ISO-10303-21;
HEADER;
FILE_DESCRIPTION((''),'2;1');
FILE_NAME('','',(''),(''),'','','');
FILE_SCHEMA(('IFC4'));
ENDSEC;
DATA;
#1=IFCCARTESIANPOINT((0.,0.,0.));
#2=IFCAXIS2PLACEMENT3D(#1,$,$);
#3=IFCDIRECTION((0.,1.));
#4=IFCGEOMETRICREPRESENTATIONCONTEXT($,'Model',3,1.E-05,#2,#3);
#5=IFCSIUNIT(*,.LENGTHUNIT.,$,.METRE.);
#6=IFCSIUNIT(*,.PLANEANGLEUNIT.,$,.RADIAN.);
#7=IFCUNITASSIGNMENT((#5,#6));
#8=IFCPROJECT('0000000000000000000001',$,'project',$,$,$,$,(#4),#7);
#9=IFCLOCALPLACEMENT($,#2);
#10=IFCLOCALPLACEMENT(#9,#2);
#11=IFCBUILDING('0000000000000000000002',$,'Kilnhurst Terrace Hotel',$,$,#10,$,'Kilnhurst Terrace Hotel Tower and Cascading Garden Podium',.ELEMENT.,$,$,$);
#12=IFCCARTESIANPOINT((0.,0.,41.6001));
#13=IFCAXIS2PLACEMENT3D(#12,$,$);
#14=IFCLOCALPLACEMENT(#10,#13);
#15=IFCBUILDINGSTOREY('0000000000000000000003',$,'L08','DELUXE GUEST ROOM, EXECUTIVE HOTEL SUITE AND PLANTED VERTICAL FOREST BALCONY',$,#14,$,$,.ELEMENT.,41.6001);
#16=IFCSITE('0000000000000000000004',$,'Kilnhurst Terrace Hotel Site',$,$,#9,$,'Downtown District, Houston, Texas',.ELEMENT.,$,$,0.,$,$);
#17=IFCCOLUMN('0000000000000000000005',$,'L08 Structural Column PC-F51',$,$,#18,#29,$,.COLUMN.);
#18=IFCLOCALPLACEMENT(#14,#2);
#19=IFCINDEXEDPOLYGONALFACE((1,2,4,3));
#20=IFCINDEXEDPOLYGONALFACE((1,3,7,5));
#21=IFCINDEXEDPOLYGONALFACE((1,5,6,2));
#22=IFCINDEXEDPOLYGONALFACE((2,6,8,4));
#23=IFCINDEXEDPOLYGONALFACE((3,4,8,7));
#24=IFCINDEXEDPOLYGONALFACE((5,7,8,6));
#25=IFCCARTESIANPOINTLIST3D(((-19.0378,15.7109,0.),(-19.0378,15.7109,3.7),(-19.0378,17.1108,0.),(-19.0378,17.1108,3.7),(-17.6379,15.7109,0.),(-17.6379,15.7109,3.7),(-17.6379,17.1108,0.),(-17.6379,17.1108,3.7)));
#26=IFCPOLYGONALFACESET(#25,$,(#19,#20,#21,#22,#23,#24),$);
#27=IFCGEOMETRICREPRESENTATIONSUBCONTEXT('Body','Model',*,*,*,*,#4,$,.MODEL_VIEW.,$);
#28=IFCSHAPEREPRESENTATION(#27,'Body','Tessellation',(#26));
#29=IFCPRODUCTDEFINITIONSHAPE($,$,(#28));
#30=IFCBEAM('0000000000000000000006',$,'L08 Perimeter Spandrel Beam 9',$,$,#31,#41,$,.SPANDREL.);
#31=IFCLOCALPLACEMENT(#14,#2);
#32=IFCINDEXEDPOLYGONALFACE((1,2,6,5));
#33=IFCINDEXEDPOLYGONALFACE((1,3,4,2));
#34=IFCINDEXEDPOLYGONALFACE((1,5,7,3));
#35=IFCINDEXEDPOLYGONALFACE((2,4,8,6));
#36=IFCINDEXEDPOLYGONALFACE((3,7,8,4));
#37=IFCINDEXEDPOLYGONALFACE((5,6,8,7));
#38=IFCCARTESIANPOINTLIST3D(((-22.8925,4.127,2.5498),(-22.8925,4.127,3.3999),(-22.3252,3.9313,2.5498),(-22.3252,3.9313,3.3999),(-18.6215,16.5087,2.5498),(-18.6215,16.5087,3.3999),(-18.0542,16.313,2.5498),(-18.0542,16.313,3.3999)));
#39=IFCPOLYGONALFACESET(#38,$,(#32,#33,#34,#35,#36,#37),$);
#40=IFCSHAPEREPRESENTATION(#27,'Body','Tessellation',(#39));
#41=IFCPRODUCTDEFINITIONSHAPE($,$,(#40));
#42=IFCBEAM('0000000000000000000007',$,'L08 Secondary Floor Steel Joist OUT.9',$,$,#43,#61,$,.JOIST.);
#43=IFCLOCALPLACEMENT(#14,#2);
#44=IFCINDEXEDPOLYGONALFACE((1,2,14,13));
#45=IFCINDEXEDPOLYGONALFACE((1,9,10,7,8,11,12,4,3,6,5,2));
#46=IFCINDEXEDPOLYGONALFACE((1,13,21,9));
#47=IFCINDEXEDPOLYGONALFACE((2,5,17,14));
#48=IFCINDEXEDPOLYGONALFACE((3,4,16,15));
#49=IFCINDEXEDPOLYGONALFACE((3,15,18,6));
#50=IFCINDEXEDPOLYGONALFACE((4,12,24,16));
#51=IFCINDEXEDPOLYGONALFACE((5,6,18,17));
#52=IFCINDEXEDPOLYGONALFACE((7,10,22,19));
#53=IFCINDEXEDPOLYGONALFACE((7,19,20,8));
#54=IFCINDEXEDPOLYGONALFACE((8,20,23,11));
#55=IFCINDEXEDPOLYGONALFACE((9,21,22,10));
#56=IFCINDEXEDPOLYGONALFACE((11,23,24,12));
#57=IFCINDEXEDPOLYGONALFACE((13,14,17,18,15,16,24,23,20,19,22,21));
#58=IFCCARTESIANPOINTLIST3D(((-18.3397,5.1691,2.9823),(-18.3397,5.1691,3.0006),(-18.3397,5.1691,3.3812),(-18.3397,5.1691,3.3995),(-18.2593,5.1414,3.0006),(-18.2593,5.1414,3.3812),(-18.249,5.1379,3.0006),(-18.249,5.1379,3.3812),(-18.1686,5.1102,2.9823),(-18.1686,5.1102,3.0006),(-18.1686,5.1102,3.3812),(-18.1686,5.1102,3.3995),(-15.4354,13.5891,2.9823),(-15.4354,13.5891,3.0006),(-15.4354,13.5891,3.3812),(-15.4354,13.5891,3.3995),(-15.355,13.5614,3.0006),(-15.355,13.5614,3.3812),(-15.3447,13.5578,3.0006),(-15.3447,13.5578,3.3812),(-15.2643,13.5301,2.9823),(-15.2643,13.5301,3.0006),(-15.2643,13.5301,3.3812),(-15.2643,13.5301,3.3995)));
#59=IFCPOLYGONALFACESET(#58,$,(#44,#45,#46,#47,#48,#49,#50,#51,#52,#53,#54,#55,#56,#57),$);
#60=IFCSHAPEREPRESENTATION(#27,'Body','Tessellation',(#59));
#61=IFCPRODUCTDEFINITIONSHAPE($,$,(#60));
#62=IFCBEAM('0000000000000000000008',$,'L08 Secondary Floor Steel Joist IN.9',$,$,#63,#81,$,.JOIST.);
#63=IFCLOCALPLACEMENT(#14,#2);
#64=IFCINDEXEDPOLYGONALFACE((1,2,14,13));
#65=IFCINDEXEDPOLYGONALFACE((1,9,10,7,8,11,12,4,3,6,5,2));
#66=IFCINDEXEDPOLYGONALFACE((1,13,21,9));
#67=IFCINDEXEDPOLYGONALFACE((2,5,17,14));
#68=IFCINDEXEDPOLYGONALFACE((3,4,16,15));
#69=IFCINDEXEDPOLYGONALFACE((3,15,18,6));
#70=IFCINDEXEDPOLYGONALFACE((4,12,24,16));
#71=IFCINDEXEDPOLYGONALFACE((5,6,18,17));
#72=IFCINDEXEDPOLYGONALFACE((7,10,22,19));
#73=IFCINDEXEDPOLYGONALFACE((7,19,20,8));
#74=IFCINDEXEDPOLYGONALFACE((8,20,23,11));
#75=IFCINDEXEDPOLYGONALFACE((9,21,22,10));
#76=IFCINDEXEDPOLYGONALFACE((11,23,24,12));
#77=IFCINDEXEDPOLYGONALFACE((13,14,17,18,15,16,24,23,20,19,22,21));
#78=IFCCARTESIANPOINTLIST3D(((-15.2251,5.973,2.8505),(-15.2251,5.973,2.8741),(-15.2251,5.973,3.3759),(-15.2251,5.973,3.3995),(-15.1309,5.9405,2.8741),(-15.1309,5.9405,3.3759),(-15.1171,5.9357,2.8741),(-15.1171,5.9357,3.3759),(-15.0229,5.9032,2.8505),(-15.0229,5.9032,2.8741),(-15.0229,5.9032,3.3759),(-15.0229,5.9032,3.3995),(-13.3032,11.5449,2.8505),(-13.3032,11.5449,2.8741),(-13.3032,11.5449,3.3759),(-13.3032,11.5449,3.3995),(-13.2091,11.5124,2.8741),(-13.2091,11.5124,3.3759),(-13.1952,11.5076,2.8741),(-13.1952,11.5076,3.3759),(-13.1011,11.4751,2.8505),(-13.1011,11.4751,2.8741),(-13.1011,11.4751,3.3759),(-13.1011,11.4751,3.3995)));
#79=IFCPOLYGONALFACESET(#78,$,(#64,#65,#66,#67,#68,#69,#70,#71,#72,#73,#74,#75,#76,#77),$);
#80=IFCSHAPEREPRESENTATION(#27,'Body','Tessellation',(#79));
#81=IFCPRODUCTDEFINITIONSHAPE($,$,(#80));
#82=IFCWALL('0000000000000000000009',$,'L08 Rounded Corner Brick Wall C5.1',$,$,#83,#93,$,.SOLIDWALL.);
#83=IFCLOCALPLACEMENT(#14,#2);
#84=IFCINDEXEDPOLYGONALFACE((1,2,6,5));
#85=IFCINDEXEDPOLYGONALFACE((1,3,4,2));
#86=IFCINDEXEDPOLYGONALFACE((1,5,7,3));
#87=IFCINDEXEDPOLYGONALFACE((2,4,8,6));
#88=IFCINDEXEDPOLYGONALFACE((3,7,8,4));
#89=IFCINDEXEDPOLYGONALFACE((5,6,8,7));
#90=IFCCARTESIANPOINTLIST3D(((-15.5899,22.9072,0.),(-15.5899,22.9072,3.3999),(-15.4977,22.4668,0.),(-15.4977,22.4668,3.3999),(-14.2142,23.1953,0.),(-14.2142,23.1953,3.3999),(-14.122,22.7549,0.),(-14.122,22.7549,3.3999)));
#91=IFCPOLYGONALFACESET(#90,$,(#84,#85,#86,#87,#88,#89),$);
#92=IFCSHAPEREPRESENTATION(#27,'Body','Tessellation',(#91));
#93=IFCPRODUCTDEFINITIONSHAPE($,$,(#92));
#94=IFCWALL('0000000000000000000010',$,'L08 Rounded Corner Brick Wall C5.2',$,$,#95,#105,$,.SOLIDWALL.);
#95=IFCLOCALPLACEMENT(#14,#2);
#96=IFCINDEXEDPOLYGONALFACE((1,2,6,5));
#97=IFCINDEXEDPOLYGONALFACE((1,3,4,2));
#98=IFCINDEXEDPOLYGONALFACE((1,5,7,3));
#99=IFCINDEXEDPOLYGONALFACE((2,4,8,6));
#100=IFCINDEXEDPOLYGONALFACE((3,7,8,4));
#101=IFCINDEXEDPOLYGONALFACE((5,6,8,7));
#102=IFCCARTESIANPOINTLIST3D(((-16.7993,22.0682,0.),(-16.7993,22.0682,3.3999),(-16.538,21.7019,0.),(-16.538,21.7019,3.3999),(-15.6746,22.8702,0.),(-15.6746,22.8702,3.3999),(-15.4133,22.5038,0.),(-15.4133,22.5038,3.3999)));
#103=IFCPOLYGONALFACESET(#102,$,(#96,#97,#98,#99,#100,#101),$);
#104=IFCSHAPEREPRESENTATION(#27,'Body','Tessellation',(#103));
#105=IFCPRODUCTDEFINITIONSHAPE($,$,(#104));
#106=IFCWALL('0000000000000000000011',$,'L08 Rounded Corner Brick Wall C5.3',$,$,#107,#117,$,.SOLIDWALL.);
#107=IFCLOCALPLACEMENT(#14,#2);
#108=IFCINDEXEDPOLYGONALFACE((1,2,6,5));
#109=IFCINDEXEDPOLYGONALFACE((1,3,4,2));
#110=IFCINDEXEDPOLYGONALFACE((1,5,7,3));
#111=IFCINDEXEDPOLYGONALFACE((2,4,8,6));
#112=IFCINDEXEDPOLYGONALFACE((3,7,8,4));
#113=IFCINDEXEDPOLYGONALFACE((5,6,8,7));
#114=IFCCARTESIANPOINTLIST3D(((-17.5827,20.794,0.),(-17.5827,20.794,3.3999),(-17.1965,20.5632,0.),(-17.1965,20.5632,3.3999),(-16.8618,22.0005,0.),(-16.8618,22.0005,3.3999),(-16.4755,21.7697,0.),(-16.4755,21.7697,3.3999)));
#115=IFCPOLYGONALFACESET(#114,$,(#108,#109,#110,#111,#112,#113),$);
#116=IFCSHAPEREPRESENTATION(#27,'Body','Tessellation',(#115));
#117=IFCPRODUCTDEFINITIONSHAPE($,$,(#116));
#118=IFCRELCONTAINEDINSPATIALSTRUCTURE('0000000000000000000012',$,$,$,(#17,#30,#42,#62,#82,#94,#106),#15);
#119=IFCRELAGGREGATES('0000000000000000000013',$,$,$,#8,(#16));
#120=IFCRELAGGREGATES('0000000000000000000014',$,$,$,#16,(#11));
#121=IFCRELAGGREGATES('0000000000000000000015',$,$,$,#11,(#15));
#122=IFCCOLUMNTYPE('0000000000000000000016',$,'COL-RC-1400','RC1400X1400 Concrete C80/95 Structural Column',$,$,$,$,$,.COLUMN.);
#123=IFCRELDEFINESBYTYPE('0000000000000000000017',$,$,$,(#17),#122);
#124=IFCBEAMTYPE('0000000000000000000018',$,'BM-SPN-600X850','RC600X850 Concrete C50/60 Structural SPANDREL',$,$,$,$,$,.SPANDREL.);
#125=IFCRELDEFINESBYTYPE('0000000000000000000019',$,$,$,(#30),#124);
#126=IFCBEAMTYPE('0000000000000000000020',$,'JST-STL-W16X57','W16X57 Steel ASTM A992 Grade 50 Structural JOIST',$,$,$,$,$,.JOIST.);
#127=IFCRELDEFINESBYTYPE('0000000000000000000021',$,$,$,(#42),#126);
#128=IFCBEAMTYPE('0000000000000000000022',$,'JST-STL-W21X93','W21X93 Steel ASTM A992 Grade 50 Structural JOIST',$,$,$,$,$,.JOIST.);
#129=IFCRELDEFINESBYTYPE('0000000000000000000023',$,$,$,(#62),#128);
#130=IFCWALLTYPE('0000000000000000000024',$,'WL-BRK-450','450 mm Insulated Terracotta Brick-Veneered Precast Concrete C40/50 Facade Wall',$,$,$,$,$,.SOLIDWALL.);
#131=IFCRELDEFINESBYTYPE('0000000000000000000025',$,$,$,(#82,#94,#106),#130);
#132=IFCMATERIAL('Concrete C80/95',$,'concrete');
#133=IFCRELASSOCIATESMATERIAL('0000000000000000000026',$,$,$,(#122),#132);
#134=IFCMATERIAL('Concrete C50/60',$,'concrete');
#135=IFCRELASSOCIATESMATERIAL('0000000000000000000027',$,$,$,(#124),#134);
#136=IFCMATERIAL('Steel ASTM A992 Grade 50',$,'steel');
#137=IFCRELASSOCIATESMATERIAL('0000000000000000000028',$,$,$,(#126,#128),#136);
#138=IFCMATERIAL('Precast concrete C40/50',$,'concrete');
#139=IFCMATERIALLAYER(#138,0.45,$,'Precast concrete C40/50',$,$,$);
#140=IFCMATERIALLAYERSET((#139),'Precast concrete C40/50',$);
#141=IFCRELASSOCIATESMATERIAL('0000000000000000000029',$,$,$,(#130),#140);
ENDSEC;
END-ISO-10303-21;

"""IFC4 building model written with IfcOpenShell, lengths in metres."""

from ifc_helpers import new_model, si_unit, direction, frame, frame_2d, origin, origin_2d, place, context, subcontext, project, spatial, rectangle, i_section, extrude, material, layer, layer_set, material_profile, profile_set, type_object, element, save


model = new_model("IFC4")

# Units and contexts
model_context = context("Model", 3, precision=1e-05, world=origin(), true_north=direction((0.0, 1.0)))
body_context = subcontext(model_context, "Body", "Model", "MODEL_VIEW")
ifc_project = project(units=[si_unit("LENGTHUNIT", "METRE"), si_unit("PLANEANGLEUNIT", "RADIAN")], contexts=[model_context])

# Site, building, storey
site_placement = place(None, origin())
site = spatial("IfcSite", under=ifc_project, at=site_placement, Name="Kilnhurst Terrace Hotel Site", LongName="Downtown District, Houston, Texas", CompositionType="ELEMENT", RefElevation=0.0)
building_placement = place(site_placement, origin())
building = spatial("IfcBuilding", under=site, at=building_placement, Name="Kilnhurst Terrace Hotel", LongName="Kilnhurst Terrace Hotel Tower and Cascading Garden Podium", CompositionType="ELEMENT")
storey_placement = place(building_placement, frame((0.0, 0.0, 41.6001)))
storey = spatial("IfcBuildingStorey", under=building, at=storey_placement, Name="L08", Description="DELUXE GUEST ROOM, EXECUTIVE HOTEL SUITE AND PLANTED VERTICAL FOREST BALCONY", CompositionType="ELEMENT", Elevation=41.6001)

# Column
ifc_material_1 = material(Name="Concrete C80/95", Category="concrete")
ifc_material_profile_1 = material_profile(ifc_material_1, rectangle(XDim=1.3999, YDim=1.3999, at=origin_2d()), Name="RC1400X1400")
ifc_profile_set_1 = profile_set([ifc_material_profile_1], Name="Concrete C80/95")
column_type = type_object("IfcColumnType", Name="COL-RC-1400", Description="RC1400X1400 Concrete C80/95 Structural Column", PredefinedType="COLUMN", material=ifc_profile_set_1)
column_placement = place(storey_placement, frame((-18.3379, 16.4109, 0.0), z_axis=(0.0, 0.0, 1.0), x_axis=(1.0, 0.0, 0.0)))
element("IfcColumn", 1, at=column_placement, inside=storey, type_object=column_type, Name="L08 Structural Column PC-F51", PredefinedType="COLUMN", context=body_context, shape_type="SweptSolid", body=[
    extrude(rectangle(XDim=1.3999, YDim=1.3999, at=origin_2d()), origin(), (0.0, 0.0, 1.0), 3.7),
])

# Beams
ifc_material_2 = material(Name="Concrete C50/60", Category="concrete")
ifc_material_profile_2 = material_profile(ifc_material_2, rectangle(XDim=0.6001, YDim=0.8501, at=origin_2d()), Name="RC600X850")
ifc_profile_set_2 = profile_set([ifc_material_profile_2], Name="Concrete C50/60")
beam_type_1 = type_object("IfcBeamType", Name="BM-SPN-600X850", Description="RC600X850 Concrete C50/60 Structural SPANDREL", PredefinedType="SPANDREL", material=ifc_profile_set_2)
beam_1_placement = place(storey_placement, frame((-18.3379, 16.4109, 2.9749), z_axis=(-0.326086, -0.94534, 0.0), x_axis=(0.94534, -0.326086, 0.0)))
element("IfcBeam", 2, at=beam_1_placement, inside=storey, type_object=beam_type_1, Name="L08 Perimeter Spandrel Beam 9", PredefinedType="SPANDREL", context=body_context, shape_type="SweptSolid", body=[
    extrude(rectangle(XDim=0.6001, YDim=0.8501, at=origin_2d()), origin(), (0.0, 0.0, 1.0), 13.0977),
])
ifc_material_3 = material(Name="Steel ASTM A992 Grade 50", Category="steel")
ifc_material_profile_3 = material_profile(ifc_material_3, i_section(OverallWidth=0.1809, OverallDepth=0.4172, WebThickness=0.011, FlangeThickness=0.0183, at=origin_2d()), Name="W16X57")
ifc_profile_set_3 = profile_set([ifc_material_profile_3], Name="Steel ASTM A992 Grade 50")
beam_type_2 = type_object("IfcBeamType", Name="JST-STL-W16X57", Description="W16X57 Steel ASTM A992 Grade 50 Structural JOIST", PredefinedType="JOIST", material=ifc_profile_set_3)
beam_2_placement = place(storey_placement, frame((-15.3499, 13.5596, 3.1909), z_axis=(-0.326079, -0.945343, 0.0), x_axis=(0.945343, -0.326079, 0.0)))
element("IfcBeam", 3, at=beam_2_placement, inside=storey, type_object=beam_type_2, Name="L08 Secondary Floor Steel Joist OUT.9", PredefinedType="JOIST", context=body_context, shape_type="SweptSolid", body=[
    extrude(i_section(OverallWidth=0.1809, OverallDepth=0.4172, WebThickness=0.011, FlangeThickness=0.0183, at=origin_2d()), origin(), (0.0, 0.0, 1.0), 8.9067),
])
ifc_material_profile_4 = material_profile(ifc_material_3, i_section(OverallWidth=0.2139, OverallDepth=0.5491, WebThickness=0.0146, FlangeThickness=0.0237, at=origin_2d()), Name="W21X93")
ifc_profile_set_4 = profile_set([ifc_material_profile_4], Name="Steel ASTM A992 Grade 50")
beam_type_3 = type_object("IfcBeamType", Name="JST-STL-W21X93", Description="W21X93 Steel ASTM A992 Grade 50 Structural JOIST", PredefinedType="JOIST", material=ifc_profile_set_4)
beam_3_placement = place(storey_placement, frame((-13.2021, 11.51, 3.125), z_axis=(-0.326065, -0.945347, 0.0), x_axis=(0.945347, -0.326065, 0.0)))
element("IfcBeam", 4, at=beam_3_placement, inside=storey, type_object=beam_type_3, Name="L08 Secondary Floor Steel Joist IN.9", PredefinedType="JOIST", context=body_context, shape_type="SweptSolid", body=[
    extrude(i_section(OverallWidth=0.2139, OverallDepth=0.5491, WebThickness=0.0146, FlangeThickness=0.0237, at=origin_2d()), origin(), (0.0, 0.0, 1.0), 5.894),
])

# Walls
ifc_material_4 = material(Name="Precast concrete C40/50", Category="concrete")
ifc_layer_1 = layer(ifc_material_4, 0.45, Name="Precast concrete C40/50")
ifc_layer_set_1 = layer_set([ifc_layer_1], Name="Precast concrete C40/50")
wall_type_1 = type_object("IfcWallType", Name="WL-BRK-450", Description="450 mm Insulated Terracotta Brick-Veneered Precast Concrete C40/50 Facade Wall", PredefinedType="SOLIDWALL", material=ifc_layer_set_1)
wall_1_placement = place(storey_placement, frame((-14.1682, 22.9751, 0.0), z_axis=(0.0, 0.0, 1.0), x_axis=(-0.97877, -0.20496, 0.0)))
element("IfcWall", 5, at=wall_1_placement, inside=storey, type_object=wall_type_1, Name="L08 Rounded Corner Brick Wall C5.1", PredefinedType="SOLIDWALL", context=body_context, shape_type="SweptSolid", body=[
    extrude(rectangle(XDim=1.4055, YDim=0.45, at=frame_2d((0.7026, 0.0))), origin(), (0.0, 0.0, 1.0), 3.3999),
])
wall_2_placement = place(storey_placement, frame((-15.5439, 22.687, 0.0), z_axis=(0.0, 0.0, 1.0), x_axis=(-0.814211, -0.580569, 0.0)))
element("IfcWall", 6, at=wall_2_placement, inside=storey, type_object=wall_type_1, Name="L08 Rounded Corner Brick Wall C5.2", PredefinedType="SOLIDWALL", context=body_context, shape_type="SweptSolid", body=[
    extrude(rectangle(XDim=1.3813, YDim=0.45, at=frame_2d((0.6907, 0.0))), origin(), (0.0, 0.0, 1.0), 3.3999),
])
wall_3_placement = place(storey_placement, frame((-16.6687, 21.885, 0.0), z_axis=(0.0, 0.0, 1.0), x_axis=(-0.512937, -0.858426, 0.0)))
element("IfcWall", 7, at=wall_3_placement, inside=storey, type_object=wall_type_1, Name="L08 Rounded Corner Brick Wall C5.3", PredefinedType="SOLIDWALL", context=body_context, shape_type="SweptSolid", body=[
    extrude(rectangle(XDim=1.4055, YDim=0.45, at=frame_2d((0.7026, 0.0))), origin(), (0.0, 0.0, 1.0), 3.3999),
])

save(model, "model.ifc")
